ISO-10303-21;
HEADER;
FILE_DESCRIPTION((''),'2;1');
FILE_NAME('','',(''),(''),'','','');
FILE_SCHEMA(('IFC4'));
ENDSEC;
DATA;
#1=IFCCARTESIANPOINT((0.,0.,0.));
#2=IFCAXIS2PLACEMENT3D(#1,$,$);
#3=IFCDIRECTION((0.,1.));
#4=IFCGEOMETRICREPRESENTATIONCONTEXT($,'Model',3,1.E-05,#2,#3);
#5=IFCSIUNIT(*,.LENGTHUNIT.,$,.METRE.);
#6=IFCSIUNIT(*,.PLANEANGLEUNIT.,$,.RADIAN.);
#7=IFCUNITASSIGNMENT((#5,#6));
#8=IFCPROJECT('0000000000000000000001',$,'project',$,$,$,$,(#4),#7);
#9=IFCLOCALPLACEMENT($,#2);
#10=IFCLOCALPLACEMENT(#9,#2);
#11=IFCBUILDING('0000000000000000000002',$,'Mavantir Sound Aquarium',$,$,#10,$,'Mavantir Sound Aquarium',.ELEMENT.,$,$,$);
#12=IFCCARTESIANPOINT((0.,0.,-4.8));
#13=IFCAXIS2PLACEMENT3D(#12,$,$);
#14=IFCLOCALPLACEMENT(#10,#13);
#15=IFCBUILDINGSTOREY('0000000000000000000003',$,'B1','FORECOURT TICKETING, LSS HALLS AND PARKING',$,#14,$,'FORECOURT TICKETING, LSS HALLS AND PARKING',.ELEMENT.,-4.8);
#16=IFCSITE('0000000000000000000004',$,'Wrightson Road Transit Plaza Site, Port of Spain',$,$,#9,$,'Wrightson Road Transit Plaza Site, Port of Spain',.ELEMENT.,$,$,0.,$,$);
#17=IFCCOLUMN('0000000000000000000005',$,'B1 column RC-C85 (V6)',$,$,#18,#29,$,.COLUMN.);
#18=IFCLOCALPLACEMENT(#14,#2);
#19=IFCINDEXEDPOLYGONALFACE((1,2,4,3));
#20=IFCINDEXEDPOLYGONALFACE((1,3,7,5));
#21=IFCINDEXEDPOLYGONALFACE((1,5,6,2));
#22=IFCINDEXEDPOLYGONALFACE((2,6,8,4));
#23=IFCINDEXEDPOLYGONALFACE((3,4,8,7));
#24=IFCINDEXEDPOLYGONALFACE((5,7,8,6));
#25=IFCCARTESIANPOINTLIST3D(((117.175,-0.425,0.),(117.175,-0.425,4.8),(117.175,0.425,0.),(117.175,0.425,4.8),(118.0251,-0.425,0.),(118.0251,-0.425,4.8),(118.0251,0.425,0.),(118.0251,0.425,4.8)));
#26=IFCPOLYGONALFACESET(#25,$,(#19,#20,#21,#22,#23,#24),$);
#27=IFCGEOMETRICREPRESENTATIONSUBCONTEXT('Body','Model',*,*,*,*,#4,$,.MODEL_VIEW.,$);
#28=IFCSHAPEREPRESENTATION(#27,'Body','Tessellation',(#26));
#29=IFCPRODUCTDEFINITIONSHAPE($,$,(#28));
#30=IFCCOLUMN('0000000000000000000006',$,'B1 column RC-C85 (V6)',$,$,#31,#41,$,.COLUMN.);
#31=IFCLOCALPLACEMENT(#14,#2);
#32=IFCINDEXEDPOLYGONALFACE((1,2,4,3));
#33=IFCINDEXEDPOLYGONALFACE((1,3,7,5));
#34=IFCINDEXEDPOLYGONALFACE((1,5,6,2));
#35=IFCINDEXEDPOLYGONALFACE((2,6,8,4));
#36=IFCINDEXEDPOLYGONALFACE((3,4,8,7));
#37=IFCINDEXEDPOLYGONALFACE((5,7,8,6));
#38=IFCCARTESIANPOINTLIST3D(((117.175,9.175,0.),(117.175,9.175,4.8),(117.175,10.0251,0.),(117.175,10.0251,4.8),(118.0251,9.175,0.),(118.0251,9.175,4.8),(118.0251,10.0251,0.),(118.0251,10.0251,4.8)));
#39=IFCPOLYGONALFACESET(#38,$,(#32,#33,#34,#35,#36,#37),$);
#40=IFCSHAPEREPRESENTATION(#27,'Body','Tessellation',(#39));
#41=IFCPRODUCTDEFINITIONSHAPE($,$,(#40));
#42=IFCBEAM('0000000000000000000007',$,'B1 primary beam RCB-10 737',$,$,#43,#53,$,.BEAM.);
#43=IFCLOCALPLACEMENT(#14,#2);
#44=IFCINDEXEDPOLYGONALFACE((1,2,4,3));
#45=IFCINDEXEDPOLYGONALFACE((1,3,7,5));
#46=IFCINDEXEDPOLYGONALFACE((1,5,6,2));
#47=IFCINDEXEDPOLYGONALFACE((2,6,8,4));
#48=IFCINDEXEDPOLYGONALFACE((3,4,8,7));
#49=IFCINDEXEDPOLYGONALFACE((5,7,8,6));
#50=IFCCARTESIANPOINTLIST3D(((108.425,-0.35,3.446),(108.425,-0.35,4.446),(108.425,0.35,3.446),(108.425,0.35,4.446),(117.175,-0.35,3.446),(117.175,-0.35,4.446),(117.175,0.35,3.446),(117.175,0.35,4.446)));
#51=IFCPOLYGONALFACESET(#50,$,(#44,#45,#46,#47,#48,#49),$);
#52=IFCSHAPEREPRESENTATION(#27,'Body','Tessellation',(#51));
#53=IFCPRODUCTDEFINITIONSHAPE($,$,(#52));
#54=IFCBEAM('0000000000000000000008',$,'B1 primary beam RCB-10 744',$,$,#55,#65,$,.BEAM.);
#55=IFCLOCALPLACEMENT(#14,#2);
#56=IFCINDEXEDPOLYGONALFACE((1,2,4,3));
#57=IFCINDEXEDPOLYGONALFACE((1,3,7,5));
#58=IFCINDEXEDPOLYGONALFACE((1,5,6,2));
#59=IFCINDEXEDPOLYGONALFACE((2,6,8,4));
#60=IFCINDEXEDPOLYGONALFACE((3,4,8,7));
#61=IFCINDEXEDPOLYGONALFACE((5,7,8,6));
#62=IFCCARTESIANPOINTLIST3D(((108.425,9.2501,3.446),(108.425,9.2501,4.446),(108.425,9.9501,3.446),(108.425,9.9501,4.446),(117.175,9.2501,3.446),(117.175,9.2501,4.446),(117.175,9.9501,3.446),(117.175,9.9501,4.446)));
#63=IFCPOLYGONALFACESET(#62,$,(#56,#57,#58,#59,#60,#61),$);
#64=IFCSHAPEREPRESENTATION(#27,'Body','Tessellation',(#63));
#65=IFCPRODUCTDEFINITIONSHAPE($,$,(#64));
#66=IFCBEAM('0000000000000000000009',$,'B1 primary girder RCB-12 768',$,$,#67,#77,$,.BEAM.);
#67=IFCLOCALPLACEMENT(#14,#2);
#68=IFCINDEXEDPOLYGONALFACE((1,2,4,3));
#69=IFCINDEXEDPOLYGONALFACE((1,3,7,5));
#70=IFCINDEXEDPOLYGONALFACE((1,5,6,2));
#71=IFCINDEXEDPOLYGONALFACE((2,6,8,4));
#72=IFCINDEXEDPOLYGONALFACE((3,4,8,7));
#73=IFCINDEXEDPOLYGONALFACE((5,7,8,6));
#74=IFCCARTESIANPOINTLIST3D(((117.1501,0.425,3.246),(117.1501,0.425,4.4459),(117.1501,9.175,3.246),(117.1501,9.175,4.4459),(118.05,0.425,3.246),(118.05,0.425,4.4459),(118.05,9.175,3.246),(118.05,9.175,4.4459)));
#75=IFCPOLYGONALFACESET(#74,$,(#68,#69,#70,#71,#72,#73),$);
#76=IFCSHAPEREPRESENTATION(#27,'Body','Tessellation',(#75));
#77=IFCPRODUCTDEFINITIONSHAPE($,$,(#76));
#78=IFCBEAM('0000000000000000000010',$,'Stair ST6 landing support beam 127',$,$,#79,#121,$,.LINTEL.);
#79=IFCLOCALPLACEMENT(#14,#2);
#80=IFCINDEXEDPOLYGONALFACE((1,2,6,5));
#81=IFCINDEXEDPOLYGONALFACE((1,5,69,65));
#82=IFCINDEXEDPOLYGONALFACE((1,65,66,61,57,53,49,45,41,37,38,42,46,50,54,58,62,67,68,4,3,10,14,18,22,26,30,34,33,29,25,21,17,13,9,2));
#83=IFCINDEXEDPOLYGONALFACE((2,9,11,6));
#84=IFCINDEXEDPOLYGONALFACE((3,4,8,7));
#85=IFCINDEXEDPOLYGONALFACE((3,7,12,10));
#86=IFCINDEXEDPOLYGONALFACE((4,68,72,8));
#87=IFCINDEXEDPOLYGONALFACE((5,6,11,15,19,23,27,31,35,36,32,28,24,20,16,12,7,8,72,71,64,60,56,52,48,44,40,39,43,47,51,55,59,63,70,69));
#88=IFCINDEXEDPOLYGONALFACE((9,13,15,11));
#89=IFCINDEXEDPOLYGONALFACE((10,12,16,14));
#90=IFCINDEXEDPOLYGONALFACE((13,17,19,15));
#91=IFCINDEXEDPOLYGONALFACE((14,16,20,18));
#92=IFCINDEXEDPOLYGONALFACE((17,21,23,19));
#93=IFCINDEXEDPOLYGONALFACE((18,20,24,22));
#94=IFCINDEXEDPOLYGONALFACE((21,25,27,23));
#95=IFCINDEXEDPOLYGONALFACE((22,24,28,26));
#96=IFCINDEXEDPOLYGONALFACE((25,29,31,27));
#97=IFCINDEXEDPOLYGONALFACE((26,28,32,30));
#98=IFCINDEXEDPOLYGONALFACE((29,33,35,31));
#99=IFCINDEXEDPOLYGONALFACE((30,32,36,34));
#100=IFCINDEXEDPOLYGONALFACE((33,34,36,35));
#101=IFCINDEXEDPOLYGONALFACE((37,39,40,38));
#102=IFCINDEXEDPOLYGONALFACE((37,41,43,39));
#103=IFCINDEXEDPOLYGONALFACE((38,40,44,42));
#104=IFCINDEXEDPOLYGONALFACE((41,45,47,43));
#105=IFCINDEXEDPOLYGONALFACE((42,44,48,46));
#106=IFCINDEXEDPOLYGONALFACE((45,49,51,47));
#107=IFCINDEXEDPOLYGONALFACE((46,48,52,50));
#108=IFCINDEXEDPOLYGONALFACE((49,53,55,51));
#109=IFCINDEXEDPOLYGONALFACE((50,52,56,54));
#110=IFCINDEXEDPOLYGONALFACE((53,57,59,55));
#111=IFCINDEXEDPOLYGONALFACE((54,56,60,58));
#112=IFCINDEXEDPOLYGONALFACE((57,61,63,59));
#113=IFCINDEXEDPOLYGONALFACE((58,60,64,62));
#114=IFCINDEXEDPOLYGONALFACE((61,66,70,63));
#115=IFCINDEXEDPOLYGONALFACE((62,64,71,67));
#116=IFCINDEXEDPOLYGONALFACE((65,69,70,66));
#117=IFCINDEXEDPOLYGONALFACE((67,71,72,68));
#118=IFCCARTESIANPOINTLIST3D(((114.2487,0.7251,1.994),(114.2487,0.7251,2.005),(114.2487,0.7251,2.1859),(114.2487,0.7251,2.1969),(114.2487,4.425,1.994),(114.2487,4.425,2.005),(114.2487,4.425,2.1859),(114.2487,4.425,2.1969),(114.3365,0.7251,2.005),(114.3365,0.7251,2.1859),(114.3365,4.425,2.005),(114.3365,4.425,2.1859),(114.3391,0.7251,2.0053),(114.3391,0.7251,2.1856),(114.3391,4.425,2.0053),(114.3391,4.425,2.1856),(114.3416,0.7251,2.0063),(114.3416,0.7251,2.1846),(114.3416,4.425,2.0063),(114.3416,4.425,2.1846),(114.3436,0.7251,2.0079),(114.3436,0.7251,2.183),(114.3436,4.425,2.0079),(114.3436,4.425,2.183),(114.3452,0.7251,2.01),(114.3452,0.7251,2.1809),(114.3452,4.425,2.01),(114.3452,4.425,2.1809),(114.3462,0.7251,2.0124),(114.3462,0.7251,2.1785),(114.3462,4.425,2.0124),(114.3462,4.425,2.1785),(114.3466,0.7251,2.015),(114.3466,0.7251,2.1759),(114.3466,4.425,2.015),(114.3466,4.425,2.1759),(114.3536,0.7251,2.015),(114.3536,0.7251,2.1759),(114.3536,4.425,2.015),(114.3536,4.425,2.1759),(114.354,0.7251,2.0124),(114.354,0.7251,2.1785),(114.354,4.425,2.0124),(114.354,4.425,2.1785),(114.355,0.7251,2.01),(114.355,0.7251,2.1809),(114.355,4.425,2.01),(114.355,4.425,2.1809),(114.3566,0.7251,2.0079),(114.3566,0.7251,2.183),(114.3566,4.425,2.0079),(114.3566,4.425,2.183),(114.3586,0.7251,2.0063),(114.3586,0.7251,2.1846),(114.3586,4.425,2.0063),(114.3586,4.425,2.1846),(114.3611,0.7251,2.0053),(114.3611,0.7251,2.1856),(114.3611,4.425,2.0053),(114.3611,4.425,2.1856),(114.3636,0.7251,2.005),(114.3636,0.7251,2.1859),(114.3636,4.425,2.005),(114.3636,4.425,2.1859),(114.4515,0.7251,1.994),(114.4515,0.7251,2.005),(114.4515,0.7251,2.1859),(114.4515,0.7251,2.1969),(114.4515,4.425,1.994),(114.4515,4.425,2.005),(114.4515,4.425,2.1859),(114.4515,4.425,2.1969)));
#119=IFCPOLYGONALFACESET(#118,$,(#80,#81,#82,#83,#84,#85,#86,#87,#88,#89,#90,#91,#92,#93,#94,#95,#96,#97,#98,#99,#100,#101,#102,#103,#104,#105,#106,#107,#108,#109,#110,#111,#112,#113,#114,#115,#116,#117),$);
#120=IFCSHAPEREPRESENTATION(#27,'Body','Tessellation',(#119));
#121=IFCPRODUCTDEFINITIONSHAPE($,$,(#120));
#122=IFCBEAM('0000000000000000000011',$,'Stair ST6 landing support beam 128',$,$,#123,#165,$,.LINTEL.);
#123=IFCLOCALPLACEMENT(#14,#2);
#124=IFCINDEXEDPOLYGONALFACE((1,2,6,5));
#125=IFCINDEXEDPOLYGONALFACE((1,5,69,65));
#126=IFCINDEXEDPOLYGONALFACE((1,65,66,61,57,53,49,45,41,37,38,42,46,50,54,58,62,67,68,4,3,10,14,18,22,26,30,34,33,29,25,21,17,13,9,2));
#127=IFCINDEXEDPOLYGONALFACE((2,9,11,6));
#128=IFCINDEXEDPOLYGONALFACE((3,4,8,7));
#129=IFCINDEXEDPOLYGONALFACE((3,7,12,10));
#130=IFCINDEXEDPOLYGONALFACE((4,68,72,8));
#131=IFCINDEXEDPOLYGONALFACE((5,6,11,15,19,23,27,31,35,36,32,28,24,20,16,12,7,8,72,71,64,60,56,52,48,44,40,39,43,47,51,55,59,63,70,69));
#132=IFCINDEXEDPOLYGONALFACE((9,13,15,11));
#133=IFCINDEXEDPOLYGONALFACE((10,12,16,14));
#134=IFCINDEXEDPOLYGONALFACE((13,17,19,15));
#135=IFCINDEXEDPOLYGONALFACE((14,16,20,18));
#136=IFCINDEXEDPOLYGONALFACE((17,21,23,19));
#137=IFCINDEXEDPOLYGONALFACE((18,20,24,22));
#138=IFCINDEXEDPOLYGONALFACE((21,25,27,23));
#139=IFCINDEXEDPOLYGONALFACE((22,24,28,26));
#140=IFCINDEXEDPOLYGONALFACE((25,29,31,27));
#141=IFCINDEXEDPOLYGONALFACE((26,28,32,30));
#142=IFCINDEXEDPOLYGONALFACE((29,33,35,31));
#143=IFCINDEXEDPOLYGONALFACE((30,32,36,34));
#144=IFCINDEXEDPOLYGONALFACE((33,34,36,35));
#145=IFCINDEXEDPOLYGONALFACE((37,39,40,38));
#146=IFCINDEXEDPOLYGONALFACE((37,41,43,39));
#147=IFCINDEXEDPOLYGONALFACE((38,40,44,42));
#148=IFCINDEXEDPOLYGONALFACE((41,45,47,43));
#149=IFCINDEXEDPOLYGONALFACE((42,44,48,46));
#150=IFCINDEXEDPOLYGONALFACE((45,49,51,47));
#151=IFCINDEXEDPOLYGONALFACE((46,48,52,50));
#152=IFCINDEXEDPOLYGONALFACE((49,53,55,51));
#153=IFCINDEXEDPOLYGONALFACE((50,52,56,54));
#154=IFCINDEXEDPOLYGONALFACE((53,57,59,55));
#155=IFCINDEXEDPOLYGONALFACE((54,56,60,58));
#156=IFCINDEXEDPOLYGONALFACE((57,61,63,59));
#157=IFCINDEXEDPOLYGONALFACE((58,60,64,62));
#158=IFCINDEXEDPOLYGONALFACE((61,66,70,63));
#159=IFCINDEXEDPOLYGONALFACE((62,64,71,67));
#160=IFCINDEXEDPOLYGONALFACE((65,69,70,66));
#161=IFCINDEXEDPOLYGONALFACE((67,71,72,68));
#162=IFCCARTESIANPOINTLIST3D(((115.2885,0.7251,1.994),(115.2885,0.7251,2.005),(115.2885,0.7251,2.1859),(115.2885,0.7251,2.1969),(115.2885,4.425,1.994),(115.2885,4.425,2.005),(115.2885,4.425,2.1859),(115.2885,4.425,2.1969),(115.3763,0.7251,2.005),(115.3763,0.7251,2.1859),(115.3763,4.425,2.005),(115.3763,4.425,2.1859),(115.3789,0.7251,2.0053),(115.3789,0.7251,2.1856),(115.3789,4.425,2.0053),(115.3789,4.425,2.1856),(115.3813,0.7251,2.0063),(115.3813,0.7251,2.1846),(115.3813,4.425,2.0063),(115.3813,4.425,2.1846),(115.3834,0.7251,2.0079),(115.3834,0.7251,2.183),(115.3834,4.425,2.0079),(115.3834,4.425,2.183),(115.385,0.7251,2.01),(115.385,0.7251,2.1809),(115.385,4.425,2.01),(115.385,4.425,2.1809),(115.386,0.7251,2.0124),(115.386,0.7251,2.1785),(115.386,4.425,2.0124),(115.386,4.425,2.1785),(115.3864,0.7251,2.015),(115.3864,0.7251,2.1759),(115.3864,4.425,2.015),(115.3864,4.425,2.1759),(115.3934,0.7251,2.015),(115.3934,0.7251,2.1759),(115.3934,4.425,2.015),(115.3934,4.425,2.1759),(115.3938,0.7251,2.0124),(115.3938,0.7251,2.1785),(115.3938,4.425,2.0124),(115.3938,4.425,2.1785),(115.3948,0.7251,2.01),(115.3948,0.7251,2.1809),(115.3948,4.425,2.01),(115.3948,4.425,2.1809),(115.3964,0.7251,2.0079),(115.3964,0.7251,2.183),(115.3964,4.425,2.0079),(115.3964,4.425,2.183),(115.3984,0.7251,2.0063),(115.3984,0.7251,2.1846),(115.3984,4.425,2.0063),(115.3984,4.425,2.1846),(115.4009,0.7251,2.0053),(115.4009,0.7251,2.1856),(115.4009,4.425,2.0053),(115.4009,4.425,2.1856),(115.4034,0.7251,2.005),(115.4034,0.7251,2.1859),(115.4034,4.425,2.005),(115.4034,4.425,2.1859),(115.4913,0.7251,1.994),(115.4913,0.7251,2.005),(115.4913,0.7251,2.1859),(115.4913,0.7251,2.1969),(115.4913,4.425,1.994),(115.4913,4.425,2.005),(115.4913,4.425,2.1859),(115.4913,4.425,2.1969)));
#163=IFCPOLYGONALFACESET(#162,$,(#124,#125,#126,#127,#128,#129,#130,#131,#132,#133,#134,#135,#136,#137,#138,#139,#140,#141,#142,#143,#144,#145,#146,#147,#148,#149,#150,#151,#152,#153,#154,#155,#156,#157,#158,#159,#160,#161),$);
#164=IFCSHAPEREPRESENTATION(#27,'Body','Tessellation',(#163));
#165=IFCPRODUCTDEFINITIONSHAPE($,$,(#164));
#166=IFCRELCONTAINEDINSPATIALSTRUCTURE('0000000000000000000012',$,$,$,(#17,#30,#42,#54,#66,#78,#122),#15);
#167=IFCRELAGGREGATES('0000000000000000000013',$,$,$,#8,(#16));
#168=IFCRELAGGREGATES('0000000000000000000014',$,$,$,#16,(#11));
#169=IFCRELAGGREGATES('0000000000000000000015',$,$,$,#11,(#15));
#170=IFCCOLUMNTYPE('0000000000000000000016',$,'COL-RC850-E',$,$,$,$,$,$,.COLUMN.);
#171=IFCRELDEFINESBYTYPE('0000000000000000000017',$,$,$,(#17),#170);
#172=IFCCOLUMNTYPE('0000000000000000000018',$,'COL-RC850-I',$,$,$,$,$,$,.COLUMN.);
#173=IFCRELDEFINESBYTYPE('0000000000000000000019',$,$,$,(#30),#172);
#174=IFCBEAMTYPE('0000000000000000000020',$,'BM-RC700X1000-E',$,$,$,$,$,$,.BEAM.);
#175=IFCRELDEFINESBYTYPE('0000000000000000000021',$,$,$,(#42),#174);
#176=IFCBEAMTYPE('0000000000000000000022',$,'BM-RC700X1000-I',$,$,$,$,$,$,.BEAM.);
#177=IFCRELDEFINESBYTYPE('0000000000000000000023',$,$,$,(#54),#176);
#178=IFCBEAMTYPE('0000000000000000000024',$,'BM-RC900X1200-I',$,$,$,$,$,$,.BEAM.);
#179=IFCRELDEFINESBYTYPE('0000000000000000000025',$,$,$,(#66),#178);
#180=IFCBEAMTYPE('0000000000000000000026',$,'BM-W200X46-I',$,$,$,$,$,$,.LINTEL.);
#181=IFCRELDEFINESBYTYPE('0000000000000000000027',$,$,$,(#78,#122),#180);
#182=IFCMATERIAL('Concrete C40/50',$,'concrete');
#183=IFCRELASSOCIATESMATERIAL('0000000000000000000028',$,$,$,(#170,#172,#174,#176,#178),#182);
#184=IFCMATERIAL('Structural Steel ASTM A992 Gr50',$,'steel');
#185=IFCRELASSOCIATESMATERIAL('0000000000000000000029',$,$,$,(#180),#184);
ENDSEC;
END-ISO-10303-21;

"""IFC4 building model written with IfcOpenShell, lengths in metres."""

from ifc_helpers import new_model, si_unit, direction, frame, origin, origin_2d, place, context, subcontext, project, spatial, rectangle, i_section, extrude, material, material_profile, profile_set, type_object, element, save


model = new_model("IFC4")

# Units and contexts
model_context = context("Model", 3, precision=1e-05, world=origin(), true_north=direction((0.0, 1.0)))
body_context = subcontext(model_context, "Body", "Model", "MODEL_VIEW")
ifc_project = project(units=[si_unit("LENGTHUNIT", "METRE"), si_unit("PLANEANGLEUNIT", "RADIAN")], contexts=[model_context])

# Site, building, storey
site_placement = place(None, origin())
site = spatial("IfcSite", under=ifc_project, at=site_placement, Name="Wrightson Road Transit Plaza Site, Port of Spain", LongName="Wrightson Road Transit Plaza Site, Port of Spain", CompositionType="ELEMENT", RefElevation=0.0)
building_placement = place(site_placement, origin())
building = spatial("IfcBuilding", under=site, at=building_placement, Name="Mavantir Sound Aquarium", LongName="Mavantir Sound Aquarium", CompositionType="ELEMENT")
storey_placement = place(building_placement, frame((0.0, 0.0, -4.8)))
storey = spatial("IfcBuildingStorey", under=building, at=storey_placement, Name="B1", Description="FORECOURT TICKETING, LSS HALLS AND PARKING", LongName="FORECOURT TICKETING, LSS HALLS AND PARKING", CompositionType="ELEMENT", Elevation=-4.8)

# Columns
ifc_material_1 = material(Name="Concrete C40/50", Category="concrete")
ifc_material_profile_1 = material_profile(ifc_material_1, rectangle(XDim=0.8501, YDim=0.8501, at=origin_2d()), Name="RC 850X850")
ifc_profile_set_1 = profile_set([ifc_material_profile_1], Name="Concrete C40/50")
column_type_1 = type_object("IfcColumnType", Name="COL-RC850-E", PredefinedType="COLUMN", material=ifc_profile_set_1)
column_1_placement = place(storey_placement, frame((117.6001, 0.0, 0.0), z_axis=(0.0, 0.0, 1.0), x_axis=(1.0, 0.0, 0.0)))
element("IfcColumn", 1, at=column_1_placement, inside=storey, type_object=column_type_1, Name="B1 column RC-C85 (V6)", PredefinedType="COLUMN", context=body_context, shape_type="SweptSolid", body=[
    extrude(rectangle(XDim=0.8501, YDim=0.8501, at=origin_2d()), origin(), (0.0, 0.0, 1.0), 4.8),
])
ifc_material_profile_2 = material_profile(ifc_material_1, rectangle(XDim=0.8501, YDim=0.8501, at=origin_2d()), Name="RC 850X850")
ifc_profile_set_2 = profile_set([ifc_material_profile_2], Name="Concrete C40/50")
column_type_2 = type_object("IfcColumnType", Name="COL-RC850-I", PredefinedType="COLUMN", material=ifc_profile_set_2)
column_2_placement = place(storey_placement, frame((117.6001, 9.6001, 0.0), z_axis=(0.0, 0.0, 1.0), x_axis=(1.0, 0.0, 0.0)))
element("IfcColumn", 2, at=column_2_placement, inside=storey, type_object=column_type_2, Name="B1 column RC-C85 (V6)", PredefinedType="COLUMN", context=body_context, shape_type="SweptSolid", body=[
    extrude(rectangle(XDim=0.8501, YDim=0.8501, at=origin_2d()), origin(), (0.0, 0.0, 1.0), 4.8),
])

# Beams
ifc_material_profile_3 = material_profile(ifc_material_1, rectangle(XDim=0.7, YDim=1.0, at=origin_2d()), Name="RC 700X1000")
ifc_profile_set_3 = profile_set([ifc_material_profile_3], Name="Concrete C40/50")
beam_type_1 = type_object("IfcBeamType", Name="BM-RC700X1000-E", PredefinedType="BEAM", material=ifc_profile_set_3)
beam_1_placement = place(storey_placement, frame((108.425, 0.0, 3.946), z_axis=(1.0, 0.0, 0.0), x_axis=(0.0, 1.0, 0.0)))
element("IfcBeam", 3, at=beam_1_placement, inside=storey, type_object=beam_type_1, Name="B1 primary beam RCB-10 737", PredefinedType="BEAM", context=body_context, shape_type="SweptSolid", body=[
    extrude(rectangle(XDim=0.7, YDim=1.0, at=origin_2d()), origin(), (0.0, 0.0, 1.0), 8.75),
])
ifc_material_profile_4 = material_profile(ifc_material_1, rectangle(XDim=0.7, YDim=1.0, at=origin_2d()), Name="RC 700X1000")
ifc_profile_set_4 = profile_set([ifc_material_profile_4], Name="Concrete C40/50")
beam_type_2 = type_object("IfcBeamType", Name="BM-RC700X1000-I", PredefinedType="BEAM", material=ifc_profile_set_4)
beam_2_placement = place(storey_placement, frame((108.425, 9.6001, 3.946), z_axis=(1.0, 0.0, 0.0), x_axis=(0.0, 1.0, 0.0)))
element("IfcBeam", 4, at=beam_2_placement, inside=storey, type_object=beam_type_2, Name="B1 primary beam RCB-10 744", PredefinedType="BEAM", context=body_context, shape_type="SweptSolid", body=[
    extrude(rectangle(XDim=0.7, YDim=1.0, at=origin_2d()), origin(), (0.0, 0.0, 1.0), 8.75),
])
ifc_material_profile_5 = material_profile(ifc_material_1, rectangle(XDim=0.8999, YDim=1.2, at=origin_2d()), Name="RC 900X1200")
ifc_profile_set_5 = profile_set([ifc_material_profile_5], Name="Concrete C40/50")
beam_type_3 = type_object("IfcBeamType", Name="BM-RC900X1200-I", PredefinedType="BEAM", material=ifc_profile_set_5)
beam_3_placement = place(storey_placement, frame((117.6001, 0.425, 3.8459), z_axis=(0.0, 1.0, 0.0), x_axis=(-1.0, 0.0, 0.0)))
element("IfcBeam", 5, at=beam_3_placement, inside=storey, type_object=beam_type_3, Name="B1 primary girder RCB-12 768", PredefinedType="BEAM", context=body_context, shape_type="SweptSolid", body=[
    extrude(rectangle(XDim=0.8999, YDim=1.2, at=origin_2d()), origin(), (0.0, 0.0, 1.0), 8.75),
])
ifc_material_2 = material(Name="Structural Steel ASTM A992 Gr50", Category="steel")
ifc_material_profile_6 = material_profile(ifc_material_2, i_section(OverallWidth=0.2029, OverallDepth=0.2029, WebThickness=0.0071, FlangeThickness=0.011, FilletRadius=0.01, at=origin_2d()), Name="W200X46")
ifc_profile_set_6 = profile_set([ifc_material_profile_6], Name="Structural Steel ASTM A992 Gr50")
beam_type_4 = type_object("IfcBeamType", Name="BM-W200X46-I", PredefinedType="LINTEL", material=ifc_profile_set_6)
for number, where, z_axis, x_axis, name in (
    (6, (114.3501, 0.7251, 2.0955), (0.0, 1.0, 0.0), (-1.0, 0.0, 0.0), "Stair ST6 landing support beam 127"),
    (7, (115.3899, 0.7251, 2.0955), (0.0, 1.0, 0.0), (-1.0, 0.0, 0.0), "Stair ST6 landing support beam 128"),
):
    element("IfcBeam", number, at=place(storey_placement, frame(where, z_axis=z_axis, x_axis=x_axis)), inside=storey, type_object=beam_type_4, Name=name, PredefinedType="LINTEL", context=body_context, shape_type="SweptSolid", body=[
        extrude(i_section(OverallWidth=0.2029, OverallDepth=0.2029, WebThickness=0.0071, FlangeThickness=0.011, FilletRadius=0.01, at=origin_2d()), origin(), (0.0, 0.0, 1.0), 3.7),
    ])

save(model, "model.ifc")
